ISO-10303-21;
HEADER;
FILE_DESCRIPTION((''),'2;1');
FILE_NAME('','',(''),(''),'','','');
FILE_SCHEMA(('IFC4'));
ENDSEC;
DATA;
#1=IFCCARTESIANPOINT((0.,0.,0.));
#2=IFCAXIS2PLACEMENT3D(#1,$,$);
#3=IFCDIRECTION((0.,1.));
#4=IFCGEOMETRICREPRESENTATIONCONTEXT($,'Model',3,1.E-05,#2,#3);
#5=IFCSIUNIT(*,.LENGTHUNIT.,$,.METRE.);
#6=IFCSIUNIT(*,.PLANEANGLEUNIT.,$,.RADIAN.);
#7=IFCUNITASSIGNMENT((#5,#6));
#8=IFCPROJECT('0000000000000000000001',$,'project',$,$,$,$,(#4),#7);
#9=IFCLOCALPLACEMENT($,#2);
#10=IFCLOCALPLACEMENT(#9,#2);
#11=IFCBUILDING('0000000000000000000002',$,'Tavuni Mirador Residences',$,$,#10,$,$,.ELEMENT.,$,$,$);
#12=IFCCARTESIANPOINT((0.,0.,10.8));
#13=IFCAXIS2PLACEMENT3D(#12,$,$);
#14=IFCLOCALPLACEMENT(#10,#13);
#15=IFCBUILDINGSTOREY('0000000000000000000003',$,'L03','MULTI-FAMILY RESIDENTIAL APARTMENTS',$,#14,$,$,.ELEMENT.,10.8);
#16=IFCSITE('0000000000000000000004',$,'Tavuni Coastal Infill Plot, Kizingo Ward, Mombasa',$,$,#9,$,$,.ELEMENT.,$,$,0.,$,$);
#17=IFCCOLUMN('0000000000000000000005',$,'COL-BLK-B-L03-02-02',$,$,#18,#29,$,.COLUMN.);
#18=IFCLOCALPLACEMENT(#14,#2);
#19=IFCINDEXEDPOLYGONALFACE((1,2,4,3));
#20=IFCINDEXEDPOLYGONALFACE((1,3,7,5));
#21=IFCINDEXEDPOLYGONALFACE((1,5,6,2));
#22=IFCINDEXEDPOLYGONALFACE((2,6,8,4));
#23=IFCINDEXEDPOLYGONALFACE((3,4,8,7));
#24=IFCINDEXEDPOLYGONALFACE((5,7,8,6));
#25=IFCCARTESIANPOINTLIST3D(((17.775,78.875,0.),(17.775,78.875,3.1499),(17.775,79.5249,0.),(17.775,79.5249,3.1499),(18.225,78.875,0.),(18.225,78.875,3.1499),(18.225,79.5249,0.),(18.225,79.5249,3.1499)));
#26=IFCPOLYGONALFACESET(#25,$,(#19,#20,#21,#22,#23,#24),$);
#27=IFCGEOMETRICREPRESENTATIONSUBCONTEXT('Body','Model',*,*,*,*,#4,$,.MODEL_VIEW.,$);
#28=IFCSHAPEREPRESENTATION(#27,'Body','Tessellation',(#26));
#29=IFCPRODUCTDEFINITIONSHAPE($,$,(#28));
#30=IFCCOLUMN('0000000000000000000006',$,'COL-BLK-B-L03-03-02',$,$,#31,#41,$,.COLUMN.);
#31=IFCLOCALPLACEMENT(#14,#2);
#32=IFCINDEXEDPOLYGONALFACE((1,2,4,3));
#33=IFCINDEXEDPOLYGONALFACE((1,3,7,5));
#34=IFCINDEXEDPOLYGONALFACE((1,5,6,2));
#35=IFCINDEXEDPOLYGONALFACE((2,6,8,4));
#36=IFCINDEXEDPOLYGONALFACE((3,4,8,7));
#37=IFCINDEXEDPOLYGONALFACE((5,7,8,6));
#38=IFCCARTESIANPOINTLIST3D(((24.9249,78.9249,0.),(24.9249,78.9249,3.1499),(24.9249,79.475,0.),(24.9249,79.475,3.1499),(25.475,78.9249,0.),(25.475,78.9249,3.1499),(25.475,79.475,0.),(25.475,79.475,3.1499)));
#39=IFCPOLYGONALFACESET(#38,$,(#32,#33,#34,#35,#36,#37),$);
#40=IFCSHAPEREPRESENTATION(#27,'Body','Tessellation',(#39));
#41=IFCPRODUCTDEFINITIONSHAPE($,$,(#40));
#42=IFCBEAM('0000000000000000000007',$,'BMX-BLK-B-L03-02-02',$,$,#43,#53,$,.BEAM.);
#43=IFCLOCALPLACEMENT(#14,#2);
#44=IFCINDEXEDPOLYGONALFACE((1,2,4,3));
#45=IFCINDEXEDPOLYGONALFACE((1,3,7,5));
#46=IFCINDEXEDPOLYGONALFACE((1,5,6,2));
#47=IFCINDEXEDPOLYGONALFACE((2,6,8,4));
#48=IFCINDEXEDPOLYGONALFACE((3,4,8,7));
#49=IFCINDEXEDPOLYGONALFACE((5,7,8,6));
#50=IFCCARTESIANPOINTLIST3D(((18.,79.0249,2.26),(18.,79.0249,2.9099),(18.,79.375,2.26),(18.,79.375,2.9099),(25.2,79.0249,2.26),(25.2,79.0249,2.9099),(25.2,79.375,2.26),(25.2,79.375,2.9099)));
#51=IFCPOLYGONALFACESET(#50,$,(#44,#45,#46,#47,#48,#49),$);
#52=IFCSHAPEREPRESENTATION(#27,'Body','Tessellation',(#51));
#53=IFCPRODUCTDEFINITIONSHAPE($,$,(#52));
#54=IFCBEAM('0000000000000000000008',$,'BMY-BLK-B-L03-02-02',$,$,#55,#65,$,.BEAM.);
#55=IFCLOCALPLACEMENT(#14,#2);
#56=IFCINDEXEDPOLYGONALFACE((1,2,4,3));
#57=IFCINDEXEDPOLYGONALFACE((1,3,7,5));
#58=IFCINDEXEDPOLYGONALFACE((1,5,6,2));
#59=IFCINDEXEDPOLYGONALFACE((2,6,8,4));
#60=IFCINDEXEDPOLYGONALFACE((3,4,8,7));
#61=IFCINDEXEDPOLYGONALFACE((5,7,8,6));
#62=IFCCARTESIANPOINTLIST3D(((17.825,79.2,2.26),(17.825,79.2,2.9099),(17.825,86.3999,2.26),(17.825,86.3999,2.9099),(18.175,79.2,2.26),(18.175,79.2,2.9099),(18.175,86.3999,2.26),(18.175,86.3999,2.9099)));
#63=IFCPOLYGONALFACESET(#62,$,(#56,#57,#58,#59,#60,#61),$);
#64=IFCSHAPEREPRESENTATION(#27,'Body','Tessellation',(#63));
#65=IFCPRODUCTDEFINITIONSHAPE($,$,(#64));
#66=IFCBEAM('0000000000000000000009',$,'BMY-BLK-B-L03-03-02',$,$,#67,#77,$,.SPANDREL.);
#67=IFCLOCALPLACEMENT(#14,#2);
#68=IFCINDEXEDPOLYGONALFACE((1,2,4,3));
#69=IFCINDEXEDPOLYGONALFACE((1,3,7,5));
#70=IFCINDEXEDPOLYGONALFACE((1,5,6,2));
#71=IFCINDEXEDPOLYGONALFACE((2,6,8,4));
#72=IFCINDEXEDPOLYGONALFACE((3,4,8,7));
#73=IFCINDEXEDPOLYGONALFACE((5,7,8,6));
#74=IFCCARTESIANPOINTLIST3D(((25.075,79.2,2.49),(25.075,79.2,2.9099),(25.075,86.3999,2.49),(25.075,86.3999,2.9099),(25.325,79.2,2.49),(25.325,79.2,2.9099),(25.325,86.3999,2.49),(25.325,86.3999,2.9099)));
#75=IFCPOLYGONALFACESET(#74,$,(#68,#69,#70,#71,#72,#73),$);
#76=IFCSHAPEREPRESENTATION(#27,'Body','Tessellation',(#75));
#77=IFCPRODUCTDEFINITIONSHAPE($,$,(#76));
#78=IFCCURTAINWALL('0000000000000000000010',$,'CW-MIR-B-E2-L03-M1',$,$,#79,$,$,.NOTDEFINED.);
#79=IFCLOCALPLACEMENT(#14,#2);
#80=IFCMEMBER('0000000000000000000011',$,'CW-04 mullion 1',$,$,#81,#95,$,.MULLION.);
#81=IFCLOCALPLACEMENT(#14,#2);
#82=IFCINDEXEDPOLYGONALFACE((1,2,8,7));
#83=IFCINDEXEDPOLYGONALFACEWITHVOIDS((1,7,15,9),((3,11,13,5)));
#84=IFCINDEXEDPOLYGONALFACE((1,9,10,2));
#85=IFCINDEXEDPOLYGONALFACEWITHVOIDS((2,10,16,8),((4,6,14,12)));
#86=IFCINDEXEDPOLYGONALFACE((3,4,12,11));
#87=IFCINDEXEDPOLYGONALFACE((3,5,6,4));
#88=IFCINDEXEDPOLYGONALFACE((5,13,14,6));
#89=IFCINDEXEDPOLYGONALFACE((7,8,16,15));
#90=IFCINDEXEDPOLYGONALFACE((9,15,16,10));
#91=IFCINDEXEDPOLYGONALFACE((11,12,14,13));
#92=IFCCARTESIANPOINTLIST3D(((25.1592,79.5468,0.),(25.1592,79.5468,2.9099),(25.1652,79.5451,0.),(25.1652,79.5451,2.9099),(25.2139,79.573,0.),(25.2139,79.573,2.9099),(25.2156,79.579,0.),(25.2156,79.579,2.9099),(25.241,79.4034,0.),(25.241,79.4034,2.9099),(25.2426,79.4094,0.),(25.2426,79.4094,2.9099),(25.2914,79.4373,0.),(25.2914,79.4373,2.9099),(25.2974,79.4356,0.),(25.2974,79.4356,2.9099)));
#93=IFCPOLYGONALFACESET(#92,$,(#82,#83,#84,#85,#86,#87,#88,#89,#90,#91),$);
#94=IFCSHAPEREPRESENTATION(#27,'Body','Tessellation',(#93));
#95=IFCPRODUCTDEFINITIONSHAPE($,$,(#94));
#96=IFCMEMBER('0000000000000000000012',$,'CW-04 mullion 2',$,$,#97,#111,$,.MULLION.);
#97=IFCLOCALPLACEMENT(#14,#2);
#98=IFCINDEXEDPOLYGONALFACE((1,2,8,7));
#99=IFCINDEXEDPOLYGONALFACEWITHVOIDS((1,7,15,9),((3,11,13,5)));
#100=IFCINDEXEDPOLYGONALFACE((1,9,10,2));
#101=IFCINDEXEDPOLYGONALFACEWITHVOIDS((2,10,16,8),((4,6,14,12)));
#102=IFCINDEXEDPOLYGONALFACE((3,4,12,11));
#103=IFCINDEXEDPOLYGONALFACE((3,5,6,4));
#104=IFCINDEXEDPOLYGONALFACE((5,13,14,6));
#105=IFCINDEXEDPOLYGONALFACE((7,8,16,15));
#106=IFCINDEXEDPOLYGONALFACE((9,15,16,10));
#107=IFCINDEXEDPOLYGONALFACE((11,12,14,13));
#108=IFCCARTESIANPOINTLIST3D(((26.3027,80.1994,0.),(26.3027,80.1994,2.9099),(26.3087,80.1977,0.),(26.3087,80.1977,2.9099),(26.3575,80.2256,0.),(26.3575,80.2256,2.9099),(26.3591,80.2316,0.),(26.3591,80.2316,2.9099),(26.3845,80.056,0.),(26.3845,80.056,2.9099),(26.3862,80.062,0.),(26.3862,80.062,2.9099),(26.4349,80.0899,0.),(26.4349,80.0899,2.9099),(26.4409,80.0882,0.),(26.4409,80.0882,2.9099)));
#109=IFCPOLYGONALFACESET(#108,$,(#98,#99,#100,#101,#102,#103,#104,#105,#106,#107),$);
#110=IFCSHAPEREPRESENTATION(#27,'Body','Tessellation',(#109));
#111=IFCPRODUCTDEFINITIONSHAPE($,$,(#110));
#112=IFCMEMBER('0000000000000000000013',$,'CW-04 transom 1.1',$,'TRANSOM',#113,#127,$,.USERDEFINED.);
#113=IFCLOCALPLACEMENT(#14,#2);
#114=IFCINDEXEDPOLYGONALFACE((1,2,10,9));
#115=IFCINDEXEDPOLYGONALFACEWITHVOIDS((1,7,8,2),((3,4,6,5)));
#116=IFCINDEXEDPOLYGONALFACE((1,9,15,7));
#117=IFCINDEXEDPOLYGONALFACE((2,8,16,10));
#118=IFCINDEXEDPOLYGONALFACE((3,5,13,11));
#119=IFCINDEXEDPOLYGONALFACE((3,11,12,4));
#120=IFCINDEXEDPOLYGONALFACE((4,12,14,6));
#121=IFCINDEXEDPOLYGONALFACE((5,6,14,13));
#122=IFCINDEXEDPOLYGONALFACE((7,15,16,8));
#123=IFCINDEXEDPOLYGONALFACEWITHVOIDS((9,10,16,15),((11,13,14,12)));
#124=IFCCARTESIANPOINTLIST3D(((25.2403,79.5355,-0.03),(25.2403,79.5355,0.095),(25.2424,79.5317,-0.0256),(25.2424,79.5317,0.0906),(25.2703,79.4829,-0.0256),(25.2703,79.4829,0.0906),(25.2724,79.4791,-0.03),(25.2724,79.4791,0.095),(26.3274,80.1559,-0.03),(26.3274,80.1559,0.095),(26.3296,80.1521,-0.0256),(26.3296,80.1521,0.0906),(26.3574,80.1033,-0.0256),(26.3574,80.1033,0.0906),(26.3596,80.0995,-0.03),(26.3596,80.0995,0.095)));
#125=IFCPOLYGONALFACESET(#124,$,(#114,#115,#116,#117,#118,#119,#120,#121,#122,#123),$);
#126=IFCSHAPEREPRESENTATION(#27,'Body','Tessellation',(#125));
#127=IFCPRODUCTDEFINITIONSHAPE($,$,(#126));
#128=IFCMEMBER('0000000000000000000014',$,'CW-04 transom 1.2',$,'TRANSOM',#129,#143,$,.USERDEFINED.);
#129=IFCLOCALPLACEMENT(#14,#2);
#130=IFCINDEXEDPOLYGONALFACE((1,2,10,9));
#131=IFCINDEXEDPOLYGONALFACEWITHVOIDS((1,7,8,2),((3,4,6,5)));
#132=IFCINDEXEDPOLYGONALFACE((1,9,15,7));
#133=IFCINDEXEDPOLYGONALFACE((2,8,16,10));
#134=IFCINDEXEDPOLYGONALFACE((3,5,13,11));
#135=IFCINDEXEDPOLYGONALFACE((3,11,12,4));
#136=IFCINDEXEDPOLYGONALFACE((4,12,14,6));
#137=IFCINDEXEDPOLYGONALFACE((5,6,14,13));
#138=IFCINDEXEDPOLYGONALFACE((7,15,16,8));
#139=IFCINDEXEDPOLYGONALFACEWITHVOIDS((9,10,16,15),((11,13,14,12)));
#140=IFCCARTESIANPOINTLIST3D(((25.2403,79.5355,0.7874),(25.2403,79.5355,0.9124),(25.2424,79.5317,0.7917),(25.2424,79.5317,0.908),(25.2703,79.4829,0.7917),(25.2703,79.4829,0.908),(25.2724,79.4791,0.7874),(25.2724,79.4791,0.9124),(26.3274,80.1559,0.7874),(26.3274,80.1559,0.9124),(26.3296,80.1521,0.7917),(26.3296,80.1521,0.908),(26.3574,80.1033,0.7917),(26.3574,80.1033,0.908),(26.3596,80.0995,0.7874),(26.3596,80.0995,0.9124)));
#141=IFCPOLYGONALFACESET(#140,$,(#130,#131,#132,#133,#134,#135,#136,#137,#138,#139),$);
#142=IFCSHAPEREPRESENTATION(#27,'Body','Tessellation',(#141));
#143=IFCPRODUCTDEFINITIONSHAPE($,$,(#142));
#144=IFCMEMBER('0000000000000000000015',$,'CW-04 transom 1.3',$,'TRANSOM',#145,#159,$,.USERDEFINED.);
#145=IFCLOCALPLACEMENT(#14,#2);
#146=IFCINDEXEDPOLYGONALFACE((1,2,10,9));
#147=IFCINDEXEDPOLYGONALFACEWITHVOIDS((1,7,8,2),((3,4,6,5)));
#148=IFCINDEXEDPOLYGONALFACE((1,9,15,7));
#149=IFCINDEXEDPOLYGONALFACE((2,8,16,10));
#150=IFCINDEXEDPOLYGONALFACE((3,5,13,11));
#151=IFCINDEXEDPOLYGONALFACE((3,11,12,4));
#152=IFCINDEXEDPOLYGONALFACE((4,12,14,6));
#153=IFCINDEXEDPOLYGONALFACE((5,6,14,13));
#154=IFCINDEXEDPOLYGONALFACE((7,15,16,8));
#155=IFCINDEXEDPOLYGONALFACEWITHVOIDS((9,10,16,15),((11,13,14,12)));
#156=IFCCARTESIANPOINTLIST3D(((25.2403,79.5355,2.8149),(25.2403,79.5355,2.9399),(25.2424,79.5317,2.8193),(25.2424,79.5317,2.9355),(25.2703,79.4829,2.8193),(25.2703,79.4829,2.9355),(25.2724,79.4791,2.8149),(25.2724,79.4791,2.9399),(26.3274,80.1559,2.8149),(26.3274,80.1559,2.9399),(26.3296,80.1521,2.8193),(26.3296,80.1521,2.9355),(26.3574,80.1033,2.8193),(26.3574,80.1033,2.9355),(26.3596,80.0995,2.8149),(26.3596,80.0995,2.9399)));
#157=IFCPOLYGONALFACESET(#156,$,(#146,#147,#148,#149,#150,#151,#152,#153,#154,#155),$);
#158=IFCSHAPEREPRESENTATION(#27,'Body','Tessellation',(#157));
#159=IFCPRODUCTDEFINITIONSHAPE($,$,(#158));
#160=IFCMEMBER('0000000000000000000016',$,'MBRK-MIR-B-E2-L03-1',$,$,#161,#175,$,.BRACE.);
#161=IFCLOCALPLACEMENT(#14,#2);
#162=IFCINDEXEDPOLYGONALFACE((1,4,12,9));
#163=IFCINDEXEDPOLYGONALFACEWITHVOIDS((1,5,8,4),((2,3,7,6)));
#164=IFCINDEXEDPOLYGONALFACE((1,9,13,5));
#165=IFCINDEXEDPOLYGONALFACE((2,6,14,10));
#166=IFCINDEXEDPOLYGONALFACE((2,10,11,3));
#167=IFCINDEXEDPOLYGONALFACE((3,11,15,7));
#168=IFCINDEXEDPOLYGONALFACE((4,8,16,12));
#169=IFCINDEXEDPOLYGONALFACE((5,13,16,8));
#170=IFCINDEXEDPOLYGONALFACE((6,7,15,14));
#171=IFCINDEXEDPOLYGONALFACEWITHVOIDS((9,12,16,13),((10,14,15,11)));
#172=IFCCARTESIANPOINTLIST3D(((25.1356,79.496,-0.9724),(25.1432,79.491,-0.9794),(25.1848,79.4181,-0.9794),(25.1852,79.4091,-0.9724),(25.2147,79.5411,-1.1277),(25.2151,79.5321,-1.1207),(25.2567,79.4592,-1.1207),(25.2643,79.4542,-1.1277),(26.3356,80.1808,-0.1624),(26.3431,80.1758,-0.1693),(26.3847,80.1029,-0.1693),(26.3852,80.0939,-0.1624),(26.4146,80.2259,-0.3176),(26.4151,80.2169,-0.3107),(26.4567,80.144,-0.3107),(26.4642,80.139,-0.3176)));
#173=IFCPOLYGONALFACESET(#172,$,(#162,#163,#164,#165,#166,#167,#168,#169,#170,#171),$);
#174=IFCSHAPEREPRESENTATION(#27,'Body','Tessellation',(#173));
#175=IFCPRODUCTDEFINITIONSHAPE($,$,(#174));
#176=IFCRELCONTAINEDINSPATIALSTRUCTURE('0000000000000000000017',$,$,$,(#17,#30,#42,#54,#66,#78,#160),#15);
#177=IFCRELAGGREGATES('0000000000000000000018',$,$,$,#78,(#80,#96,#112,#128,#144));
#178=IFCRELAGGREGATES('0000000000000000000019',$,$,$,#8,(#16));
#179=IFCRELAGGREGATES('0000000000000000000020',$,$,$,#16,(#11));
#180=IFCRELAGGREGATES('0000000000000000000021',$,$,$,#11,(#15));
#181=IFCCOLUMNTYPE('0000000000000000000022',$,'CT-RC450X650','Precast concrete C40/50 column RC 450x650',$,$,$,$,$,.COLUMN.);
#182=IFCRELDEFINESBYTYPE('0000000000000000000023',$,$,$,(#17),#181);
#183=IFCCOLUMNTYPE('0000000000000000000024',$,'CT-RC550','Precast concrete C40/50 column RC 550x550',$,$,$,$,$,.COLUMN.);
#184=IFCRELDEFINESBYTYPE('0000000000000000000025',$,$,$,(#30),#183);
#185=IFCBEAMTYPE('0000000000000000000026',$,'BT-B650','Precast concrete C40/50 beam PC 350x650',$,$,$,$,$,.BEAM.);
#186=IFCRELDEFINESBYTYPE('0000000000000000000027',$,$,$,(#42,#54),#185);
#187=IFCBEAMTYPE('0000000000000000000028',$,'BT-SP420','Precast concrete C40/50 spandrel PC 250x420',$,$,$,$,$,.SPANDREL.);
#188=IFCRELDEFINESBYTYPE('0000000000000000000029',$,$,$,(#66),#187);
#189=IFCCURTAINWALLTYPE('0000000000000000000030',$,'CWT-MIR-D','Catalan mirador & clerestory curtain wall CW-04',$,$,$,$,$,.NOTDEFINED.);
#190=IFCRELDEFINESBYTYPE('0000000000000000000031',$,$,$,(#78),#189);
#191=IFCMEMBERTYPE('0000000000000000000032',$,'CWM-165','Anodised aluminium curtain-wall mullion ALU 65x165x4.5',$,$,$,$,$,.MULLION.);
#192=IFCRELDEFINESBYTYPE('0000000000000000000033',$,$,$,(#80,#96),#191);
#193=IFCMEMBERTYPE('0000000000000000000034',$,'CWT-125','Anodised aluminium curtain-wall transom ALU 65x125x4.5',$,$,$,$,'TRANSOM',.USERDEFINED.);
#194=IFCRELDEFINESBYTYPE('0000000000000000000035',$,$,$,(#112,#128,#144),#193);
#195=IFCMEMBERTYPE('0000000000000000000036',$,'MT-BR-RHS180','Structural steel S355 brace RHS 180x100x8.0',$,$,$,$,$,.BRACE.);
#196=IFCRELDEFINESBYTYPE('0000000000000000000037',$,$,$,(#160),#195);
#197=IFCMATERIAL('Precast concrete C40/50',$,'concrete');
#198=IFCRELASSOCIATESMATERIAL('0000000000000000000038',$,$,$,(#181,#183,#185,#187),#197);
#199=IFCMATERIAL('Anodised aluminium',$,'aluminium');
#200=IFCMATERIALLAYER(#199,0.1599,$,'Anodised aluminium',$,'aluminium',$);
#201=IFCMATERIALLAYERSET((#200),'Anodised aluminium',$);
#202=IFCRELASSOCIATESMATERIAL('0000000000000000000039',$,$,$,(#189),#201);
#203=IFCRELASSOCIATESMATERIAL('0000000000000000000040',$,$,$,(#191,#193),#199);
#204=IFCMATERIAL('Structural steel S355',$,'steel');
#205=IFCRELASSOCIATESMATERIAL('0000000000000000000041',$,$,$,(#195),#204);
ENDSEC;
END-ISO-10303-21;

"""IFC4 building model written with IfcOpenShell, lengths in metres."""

from ifc_helpers import new_model, si_unit, direction, frame, origin, origin_2d, place, context, subcontext, project, spatial, rectangle, hollow_rectangle, extrude, material, layer, layer_set, material_profile, profile_set, type_object, element, aggregate, save


model = new_model("IFC4")

# Units and contexts
model_context = context("Model", 3, precision=1e-05, world=origin(), true_north=direction((0.0, 1.0)))
body_context = subcontext(model_context, "Body", "Model", "MODEL_VIEW")
ifc_project = project(units=[si_unit("LENGTHUNIT", "METRE"), si_unit("PLANEANGLEUNIT", "RADIAN")], contexts=[model_context])

# Site, building, storey
site_placement = place(None, origin())
site = spatial("IfcSite", under=ifc_project, at=site_placement, Name="Tavuni Coastal Infill Plot, Kizingo Ward, Mombasa", CompositionType="ELEMENT", RefElevation=0.0)
building_placement = place(site_placement, origin())
building = spatial("IfcBuilding", under=site, at=building_placement, Name="Tavuni Mirador Residences", CompositionType="ELEMENT")
storey_placement = place(building_placement, frame((0.0, 0.0, 10.8)))
storey = spatial("IfcBuildingStorey", under=building, at=storey_placement, Name="L03", Description="MULTI-FAMILY RESIDENTIAL APARTMENTS", CompositionType="ELEMENT", Elevation=10.8)

# Columns
ifc_material_1 = material(Name="Precast concrete C40/50", Category="concrete")
ifc_material_profile_1 = material_profile(ifc_material_1, rectangle(XDim=0.45, YDim=0.6499, at=origin_2d()), Name="RC 450x650", Category="concrete")
ifc_profile_set_1 = profile_set([ifc_material_profile_1], Name="Precast concrete C40/50")
column_type_1 = type_object("IfcColumnType", Name="CT-RC450X650", Description="Precast concrete C40/50 column RC 450x650", PredefinedType="COLUMN", material=ifc_profile_set_1)
column_1_placement = place(storey_placement, frame((18.0, 79.2, 0.0), z_axis=(0.0, 0.0, 1.0), x_axis=(1.0, 0.0, 0.0)))
element("IfcColumn", 1, at=column_1_placement, inside=storey, type_object=column_type_1, Name="COL-BLK-B-L03-02-02", PredefinedType="COLUMN", context=body_context, shape_type="SweptSolid", body=[
    extrude(rectangle(XDim=0.45, YDim=0.6499, at=origin_2d()), origin(), (0.0, 0.0, 1.0), 3.1499),
])
ifc_material_profile_2 = material_profile(ifc_material_1, rectangle(XDim=0.55, YDim=0.55, at=origin_2d()), Name="RC 550x550", Category="concrete")
ifc_profile_set_2 = profile_set([ifc_material_profile_2], Name="Precast concrete C40/50")
column_type_2 = type_object("IfcColumnType", Name="CT-RC550", Description="Precast concrete C40/50 column RC 550x550", PredefinedType="COLUMN", material=ifc_profile_set_2)
column_2_placement = place(storey_placement, frame((25.2, 79.2, 0.0), z_axis=(0.0, 0.0, 1.0), x_axis=(1.0, 0.0, 0.0)))
element("IfcColumn", 2, at=column_2_placement, inside=storey, type_object=column_type_2, Name="COL-BLK-B-L03-03-02", PredefinedType="COLUMN", context=body_context, shape_type="SweptSolid", body=[
    extrude(rectangle(XDim=0.55, YDim=0.55, at=origin_2d()), origin(), (0.0, 0.0, 1.0), 3.1499),
])

# Beams
ifc_material_profile_3 = material_profile(ifc_material_1, rectangle(XDim=0.3501, YDim=0.6499, at=origin_2d()), Name="PC 350x650", Category="concrete")
ifc_profile_set_3 = profile_set([ifc_material_profile_3], Name="Precast concrete C40/50")
beam_type_1 = type_object("IfcBeamType", Name="BT-B650", Description="Precast concrete C40/50 beam PC 350x650", PredefinedType="BEAM", material=ifc_profile_set_3)
for number, where, z_axis, x_axis, name in (
    (3, (18.0, 79.2, 2.585), (1.0, 0.0, 0.0), (0.0, 1.0, 0.0), "BMX-BLK-B-L03-02-02"),
    (4, (18.0, 79.2, 2.585), (0.0, 1.0, 0.0), (-1.0, 0.0, 0.0), "BMY-BLK-B-L03-02-02"),
):
    element("IfcBeam", number, at=place(storey_placement, frame(where, z_axis=z_axis, x_axis=x_axis)), inside=storey, type_object=beam_type_1, Name=name, PredefinedType="BEAM", context=body_context, shape_type="SweptSolid", body=[
        extrude(rectangle(XDim=0.3501, YDim=0.6499, at=origin_2d()), origin(), (0.0, 0.0, 1.0), 7.2),
    ])
ifc_material_profile_4 = material_profile(ifc_material_1, rectangle(XDim=0.25, YDim=0.4199, at=origin_2d()), Name="PC 250x420", Category="concrete")
ifc_profile_set_4 = profile_set([ifc_material_profile_4], Name="Precast concrete C40/50")
beam_type_2 = type_object("IfcBeamType", Name="BT-SP420", Description="Precast concrete C40/50 spandrel PC 250x420", PredefinedType="SPANDREL", material=ifc_profile_set_4)
beam_placement = place(storey_placement, frame((25.2, 79.2, 2.7), z_axis=(0.0, 1.0, 0.0), x_axis=(-1.0, 0.0, 0.0)))
element("IfcBeam", 5, at=beam_placement, inside=storey, type_object=beam_type_2, Name="BMY-BLK-B-L03-03-02", PredefinedType="SPANDREL", context=body_context, shape_type="SweptSolid", body=[
    extrude(rectangle(XDim=0.25, YDim=0.4199, at=origin_2d()), origin(), (0.0, 0.0, 1.0), 7.2),
])

# Curtain wall, members
ifc_material_2 = material(Name="Anodised aluminium", Category="aluminium")
ifc_layer_1 = layer(ifc_material_2, 0.1599, Name="Anodised aluminium", Category="aluminium")
ifc_layer_set_1 = layer_set([ifc_layer_1], Name="Anodised aluminium")
curtain_wall_type = type_object("IfcCurtainWallType", Name="CWT-MIR-D", Description="Catalan mirador & clerestory curtain wall CW-04", PredefinedType="NOTDEFINED", material=ifc_layer_set_1)
curtain_wall_placement = place(storey_placement, origin())
curtain_wall = element("IfcCurtainWall", 6, at=curtain_wall_placement, inside=storey, type_object=curtain_wall_type, Name="CW-MIR-B-E2-L03-M1", PredefinedType="NOTDEFINED")
ifc_material_profile_5 = material_profile(ifc_material_2, hollow_rectangle(XDim=0.0649, YDim=0.165, WallThickness=0.0044, at=origin_2d()), Name="ALU 65x165x4.5", Category="aluminium")
ifc_profile_set_5 = profile_set([ifc_material_profile_5], Name="Anodised aluminium")
member_type_1 = type_object("IfcMemberType", Name="CWM-165", Description="Anodised aluminium curtain-wall mullion ALU 65x165x4.5", PredefinedType="MULLION", material=ifc_profile_set_5)
member_1_placement = place(storey_placement, frame((25.2283, 79.4912, 0.0), z_axis=(0.0, 0.0, 1.0), x_axis=(0.868466, 0.495749, 0.0)))
member_1 = element("IfcMember", 7, at=member_1_placement, type_object=member_type_1, Name="CW-04 mullion 1", PredefinedType="MULLION", context=body_context, shape_type="SweptSolid", body=[
    extrude(hollow_rectangle(XDim=0.0649, YDim=0.165, WallThickness=0.0044, at=origin_2d()), origin(), (0.0, 0.0, 1.0), 2.9099),
])
member_2_placement = place(storey_placement, frame((26.3718, 80.1438, 0.0), z_axis=(0.0, 0.0, 1.0), x_axis=(0.868466, 0.495749, 0.0)))
member_2 = element("IfcMember", 8, at=member_2_placement, type_object=member_type_1, Name="CW-04 mullion 2", PredefinedType="MULLION", context=body_context, shape_type="SweptSolid", body=[
    extrude(hollow_rectangle(XDim=0.0649, YDim=0.165, WallThickness=0.0044, at=origin_2d()), origin(), (0.0, 0.0, 1.0), 2.9099),
])
ifc_material_profile_6 = material_profile(ifc_material_2, hollow_rectangle(XDim=0.0649, YDim=0.125, WallThickness=0.0044, at=origin_2d()), Name="ALU 65x125x4.5", Category="aluminium")
ifc_profile_set_6 = profile_set([ifc_material_profile_6], Name="Anodised aluminium")
member_type_2 = type_object("IfcMemberType", Name="CWT-125", Description="Anodised aluminium curtain-wall transom ALU 65x125x4.5", ElementType="TRANSOM", PredefinedType="USERDEFINED", material=ifc_profile_set_6)
member_3_placement = place(storey_placement, frame((25.2563, 79.5073, 0.0325), z_axis=(0.868543, 0.495614, 0.0), x_axis=(-0.495614, 0.868543, 0.0)))
member_3 = element("IfcMember", 9, at=member_3_placement, type_object=member_type_2, Name="CW-04 transom 1.1", ObjectType="TRANSOM", PredefinedType="USERDEFINED", context=body_context, shape_type="SweptSolid", body=[
    extrude(hollow_rectangle(XDim=0.0649, YDim=0.125, WallThickness=0.0044, at=origin_2d()), origin(), (0.0, 0.0, 1.0), 1.2517),
])
member_4_placement = place(storey_placement, frame((25.2563, 79.5073, 0.8499), z_axis=(0.868543, 0.495614, 0.0), x_axis=(-0.495614, 0.868543, 0.0)))
member_4 = element("IfcMember", 10, at=member_4_placement, type_object=member_type_2, Name="CW-04 transom 1.2", ObjectType="TRANSOM", PredefinedType="USERDEFINED", context=body_context, shape_type="SweptSolid", body=[
    extrude(hollow_rectangle(XDim=0.0649, YDim=0.125, WallThickness=0.0044, at=origin_2d()), origin(), (0.0, 0.0, 1.0), 1.2517),
])
member_5_placement = place(storey_placement, frame((25.2563, 79.5073, 2.8774), z_axis=(0.868543, 0.495614, 0.0), x_axis=(-0.495614, 0.868543, 0.0)))
member_5 = element("IfcMember", 11, at=member_5_placement, type_object=member_type_2, Name="CW-04 transom 1.3", ObjectType="TRANSOM", PredefinedType="USERDEFINED", context=body_context, shape_type="SweptSolid", body=[
    extrude(hollow_rectangle(XDim=0.0649, YDim=0.125, WallThickness=0.0044, at=origin_2d()), origin(), (0.0, 0.0, 1.0), 1.2517),
])

# Member
ifc_material_3 = material(Name="Structural steel S355", Category="steel")
ifc_material_profile_7 = material_profile(ifc_material_3, hollow_rectangle(XDim=0.1001, YDim=0.1799, WallThickness=0.0081, at=origin_2d()), Name="RHS 180x100x8.0", Category="steel")
ifc_profile_set_7 = profile_set([ifc_material_profile_7], Name="Structural steel S355")
member_type_3 = type_object("IfcMemberType", Name="MT-BR-RHS180", Description="Structural steel S355 brace RHS 180x100x8.0", PredefinedType="BRACE", material=ifc_profile_set_7)
member_6_placement = place(storey_placement, frame((25.2, 79.4751, -1.05), z_axis=(0.749231, 0.427588, 0.505788), x_axis=(-0.495663, 0.868515, 0.0)))
element("IfcMember", 12, at=member_6_placement, inside=storey, type_object=member_type_3, Name="MBRK-MIR-B-E2-L03-1", PredefinedType="BRACE", context=body_context, shape_type="SweptSolid", body=[
    extrude(hollow_rectangle(XDim=0.1001, YDim=0.1799, WallThickness=0.0081, at=origin_2d()), origin(), (0.0, 0.0, 1.0), 1.6016),
])

aggregate(curtain_wall, [member_1, member_2, member_3, member_4, member_5])

save(model, "model.ifc")
